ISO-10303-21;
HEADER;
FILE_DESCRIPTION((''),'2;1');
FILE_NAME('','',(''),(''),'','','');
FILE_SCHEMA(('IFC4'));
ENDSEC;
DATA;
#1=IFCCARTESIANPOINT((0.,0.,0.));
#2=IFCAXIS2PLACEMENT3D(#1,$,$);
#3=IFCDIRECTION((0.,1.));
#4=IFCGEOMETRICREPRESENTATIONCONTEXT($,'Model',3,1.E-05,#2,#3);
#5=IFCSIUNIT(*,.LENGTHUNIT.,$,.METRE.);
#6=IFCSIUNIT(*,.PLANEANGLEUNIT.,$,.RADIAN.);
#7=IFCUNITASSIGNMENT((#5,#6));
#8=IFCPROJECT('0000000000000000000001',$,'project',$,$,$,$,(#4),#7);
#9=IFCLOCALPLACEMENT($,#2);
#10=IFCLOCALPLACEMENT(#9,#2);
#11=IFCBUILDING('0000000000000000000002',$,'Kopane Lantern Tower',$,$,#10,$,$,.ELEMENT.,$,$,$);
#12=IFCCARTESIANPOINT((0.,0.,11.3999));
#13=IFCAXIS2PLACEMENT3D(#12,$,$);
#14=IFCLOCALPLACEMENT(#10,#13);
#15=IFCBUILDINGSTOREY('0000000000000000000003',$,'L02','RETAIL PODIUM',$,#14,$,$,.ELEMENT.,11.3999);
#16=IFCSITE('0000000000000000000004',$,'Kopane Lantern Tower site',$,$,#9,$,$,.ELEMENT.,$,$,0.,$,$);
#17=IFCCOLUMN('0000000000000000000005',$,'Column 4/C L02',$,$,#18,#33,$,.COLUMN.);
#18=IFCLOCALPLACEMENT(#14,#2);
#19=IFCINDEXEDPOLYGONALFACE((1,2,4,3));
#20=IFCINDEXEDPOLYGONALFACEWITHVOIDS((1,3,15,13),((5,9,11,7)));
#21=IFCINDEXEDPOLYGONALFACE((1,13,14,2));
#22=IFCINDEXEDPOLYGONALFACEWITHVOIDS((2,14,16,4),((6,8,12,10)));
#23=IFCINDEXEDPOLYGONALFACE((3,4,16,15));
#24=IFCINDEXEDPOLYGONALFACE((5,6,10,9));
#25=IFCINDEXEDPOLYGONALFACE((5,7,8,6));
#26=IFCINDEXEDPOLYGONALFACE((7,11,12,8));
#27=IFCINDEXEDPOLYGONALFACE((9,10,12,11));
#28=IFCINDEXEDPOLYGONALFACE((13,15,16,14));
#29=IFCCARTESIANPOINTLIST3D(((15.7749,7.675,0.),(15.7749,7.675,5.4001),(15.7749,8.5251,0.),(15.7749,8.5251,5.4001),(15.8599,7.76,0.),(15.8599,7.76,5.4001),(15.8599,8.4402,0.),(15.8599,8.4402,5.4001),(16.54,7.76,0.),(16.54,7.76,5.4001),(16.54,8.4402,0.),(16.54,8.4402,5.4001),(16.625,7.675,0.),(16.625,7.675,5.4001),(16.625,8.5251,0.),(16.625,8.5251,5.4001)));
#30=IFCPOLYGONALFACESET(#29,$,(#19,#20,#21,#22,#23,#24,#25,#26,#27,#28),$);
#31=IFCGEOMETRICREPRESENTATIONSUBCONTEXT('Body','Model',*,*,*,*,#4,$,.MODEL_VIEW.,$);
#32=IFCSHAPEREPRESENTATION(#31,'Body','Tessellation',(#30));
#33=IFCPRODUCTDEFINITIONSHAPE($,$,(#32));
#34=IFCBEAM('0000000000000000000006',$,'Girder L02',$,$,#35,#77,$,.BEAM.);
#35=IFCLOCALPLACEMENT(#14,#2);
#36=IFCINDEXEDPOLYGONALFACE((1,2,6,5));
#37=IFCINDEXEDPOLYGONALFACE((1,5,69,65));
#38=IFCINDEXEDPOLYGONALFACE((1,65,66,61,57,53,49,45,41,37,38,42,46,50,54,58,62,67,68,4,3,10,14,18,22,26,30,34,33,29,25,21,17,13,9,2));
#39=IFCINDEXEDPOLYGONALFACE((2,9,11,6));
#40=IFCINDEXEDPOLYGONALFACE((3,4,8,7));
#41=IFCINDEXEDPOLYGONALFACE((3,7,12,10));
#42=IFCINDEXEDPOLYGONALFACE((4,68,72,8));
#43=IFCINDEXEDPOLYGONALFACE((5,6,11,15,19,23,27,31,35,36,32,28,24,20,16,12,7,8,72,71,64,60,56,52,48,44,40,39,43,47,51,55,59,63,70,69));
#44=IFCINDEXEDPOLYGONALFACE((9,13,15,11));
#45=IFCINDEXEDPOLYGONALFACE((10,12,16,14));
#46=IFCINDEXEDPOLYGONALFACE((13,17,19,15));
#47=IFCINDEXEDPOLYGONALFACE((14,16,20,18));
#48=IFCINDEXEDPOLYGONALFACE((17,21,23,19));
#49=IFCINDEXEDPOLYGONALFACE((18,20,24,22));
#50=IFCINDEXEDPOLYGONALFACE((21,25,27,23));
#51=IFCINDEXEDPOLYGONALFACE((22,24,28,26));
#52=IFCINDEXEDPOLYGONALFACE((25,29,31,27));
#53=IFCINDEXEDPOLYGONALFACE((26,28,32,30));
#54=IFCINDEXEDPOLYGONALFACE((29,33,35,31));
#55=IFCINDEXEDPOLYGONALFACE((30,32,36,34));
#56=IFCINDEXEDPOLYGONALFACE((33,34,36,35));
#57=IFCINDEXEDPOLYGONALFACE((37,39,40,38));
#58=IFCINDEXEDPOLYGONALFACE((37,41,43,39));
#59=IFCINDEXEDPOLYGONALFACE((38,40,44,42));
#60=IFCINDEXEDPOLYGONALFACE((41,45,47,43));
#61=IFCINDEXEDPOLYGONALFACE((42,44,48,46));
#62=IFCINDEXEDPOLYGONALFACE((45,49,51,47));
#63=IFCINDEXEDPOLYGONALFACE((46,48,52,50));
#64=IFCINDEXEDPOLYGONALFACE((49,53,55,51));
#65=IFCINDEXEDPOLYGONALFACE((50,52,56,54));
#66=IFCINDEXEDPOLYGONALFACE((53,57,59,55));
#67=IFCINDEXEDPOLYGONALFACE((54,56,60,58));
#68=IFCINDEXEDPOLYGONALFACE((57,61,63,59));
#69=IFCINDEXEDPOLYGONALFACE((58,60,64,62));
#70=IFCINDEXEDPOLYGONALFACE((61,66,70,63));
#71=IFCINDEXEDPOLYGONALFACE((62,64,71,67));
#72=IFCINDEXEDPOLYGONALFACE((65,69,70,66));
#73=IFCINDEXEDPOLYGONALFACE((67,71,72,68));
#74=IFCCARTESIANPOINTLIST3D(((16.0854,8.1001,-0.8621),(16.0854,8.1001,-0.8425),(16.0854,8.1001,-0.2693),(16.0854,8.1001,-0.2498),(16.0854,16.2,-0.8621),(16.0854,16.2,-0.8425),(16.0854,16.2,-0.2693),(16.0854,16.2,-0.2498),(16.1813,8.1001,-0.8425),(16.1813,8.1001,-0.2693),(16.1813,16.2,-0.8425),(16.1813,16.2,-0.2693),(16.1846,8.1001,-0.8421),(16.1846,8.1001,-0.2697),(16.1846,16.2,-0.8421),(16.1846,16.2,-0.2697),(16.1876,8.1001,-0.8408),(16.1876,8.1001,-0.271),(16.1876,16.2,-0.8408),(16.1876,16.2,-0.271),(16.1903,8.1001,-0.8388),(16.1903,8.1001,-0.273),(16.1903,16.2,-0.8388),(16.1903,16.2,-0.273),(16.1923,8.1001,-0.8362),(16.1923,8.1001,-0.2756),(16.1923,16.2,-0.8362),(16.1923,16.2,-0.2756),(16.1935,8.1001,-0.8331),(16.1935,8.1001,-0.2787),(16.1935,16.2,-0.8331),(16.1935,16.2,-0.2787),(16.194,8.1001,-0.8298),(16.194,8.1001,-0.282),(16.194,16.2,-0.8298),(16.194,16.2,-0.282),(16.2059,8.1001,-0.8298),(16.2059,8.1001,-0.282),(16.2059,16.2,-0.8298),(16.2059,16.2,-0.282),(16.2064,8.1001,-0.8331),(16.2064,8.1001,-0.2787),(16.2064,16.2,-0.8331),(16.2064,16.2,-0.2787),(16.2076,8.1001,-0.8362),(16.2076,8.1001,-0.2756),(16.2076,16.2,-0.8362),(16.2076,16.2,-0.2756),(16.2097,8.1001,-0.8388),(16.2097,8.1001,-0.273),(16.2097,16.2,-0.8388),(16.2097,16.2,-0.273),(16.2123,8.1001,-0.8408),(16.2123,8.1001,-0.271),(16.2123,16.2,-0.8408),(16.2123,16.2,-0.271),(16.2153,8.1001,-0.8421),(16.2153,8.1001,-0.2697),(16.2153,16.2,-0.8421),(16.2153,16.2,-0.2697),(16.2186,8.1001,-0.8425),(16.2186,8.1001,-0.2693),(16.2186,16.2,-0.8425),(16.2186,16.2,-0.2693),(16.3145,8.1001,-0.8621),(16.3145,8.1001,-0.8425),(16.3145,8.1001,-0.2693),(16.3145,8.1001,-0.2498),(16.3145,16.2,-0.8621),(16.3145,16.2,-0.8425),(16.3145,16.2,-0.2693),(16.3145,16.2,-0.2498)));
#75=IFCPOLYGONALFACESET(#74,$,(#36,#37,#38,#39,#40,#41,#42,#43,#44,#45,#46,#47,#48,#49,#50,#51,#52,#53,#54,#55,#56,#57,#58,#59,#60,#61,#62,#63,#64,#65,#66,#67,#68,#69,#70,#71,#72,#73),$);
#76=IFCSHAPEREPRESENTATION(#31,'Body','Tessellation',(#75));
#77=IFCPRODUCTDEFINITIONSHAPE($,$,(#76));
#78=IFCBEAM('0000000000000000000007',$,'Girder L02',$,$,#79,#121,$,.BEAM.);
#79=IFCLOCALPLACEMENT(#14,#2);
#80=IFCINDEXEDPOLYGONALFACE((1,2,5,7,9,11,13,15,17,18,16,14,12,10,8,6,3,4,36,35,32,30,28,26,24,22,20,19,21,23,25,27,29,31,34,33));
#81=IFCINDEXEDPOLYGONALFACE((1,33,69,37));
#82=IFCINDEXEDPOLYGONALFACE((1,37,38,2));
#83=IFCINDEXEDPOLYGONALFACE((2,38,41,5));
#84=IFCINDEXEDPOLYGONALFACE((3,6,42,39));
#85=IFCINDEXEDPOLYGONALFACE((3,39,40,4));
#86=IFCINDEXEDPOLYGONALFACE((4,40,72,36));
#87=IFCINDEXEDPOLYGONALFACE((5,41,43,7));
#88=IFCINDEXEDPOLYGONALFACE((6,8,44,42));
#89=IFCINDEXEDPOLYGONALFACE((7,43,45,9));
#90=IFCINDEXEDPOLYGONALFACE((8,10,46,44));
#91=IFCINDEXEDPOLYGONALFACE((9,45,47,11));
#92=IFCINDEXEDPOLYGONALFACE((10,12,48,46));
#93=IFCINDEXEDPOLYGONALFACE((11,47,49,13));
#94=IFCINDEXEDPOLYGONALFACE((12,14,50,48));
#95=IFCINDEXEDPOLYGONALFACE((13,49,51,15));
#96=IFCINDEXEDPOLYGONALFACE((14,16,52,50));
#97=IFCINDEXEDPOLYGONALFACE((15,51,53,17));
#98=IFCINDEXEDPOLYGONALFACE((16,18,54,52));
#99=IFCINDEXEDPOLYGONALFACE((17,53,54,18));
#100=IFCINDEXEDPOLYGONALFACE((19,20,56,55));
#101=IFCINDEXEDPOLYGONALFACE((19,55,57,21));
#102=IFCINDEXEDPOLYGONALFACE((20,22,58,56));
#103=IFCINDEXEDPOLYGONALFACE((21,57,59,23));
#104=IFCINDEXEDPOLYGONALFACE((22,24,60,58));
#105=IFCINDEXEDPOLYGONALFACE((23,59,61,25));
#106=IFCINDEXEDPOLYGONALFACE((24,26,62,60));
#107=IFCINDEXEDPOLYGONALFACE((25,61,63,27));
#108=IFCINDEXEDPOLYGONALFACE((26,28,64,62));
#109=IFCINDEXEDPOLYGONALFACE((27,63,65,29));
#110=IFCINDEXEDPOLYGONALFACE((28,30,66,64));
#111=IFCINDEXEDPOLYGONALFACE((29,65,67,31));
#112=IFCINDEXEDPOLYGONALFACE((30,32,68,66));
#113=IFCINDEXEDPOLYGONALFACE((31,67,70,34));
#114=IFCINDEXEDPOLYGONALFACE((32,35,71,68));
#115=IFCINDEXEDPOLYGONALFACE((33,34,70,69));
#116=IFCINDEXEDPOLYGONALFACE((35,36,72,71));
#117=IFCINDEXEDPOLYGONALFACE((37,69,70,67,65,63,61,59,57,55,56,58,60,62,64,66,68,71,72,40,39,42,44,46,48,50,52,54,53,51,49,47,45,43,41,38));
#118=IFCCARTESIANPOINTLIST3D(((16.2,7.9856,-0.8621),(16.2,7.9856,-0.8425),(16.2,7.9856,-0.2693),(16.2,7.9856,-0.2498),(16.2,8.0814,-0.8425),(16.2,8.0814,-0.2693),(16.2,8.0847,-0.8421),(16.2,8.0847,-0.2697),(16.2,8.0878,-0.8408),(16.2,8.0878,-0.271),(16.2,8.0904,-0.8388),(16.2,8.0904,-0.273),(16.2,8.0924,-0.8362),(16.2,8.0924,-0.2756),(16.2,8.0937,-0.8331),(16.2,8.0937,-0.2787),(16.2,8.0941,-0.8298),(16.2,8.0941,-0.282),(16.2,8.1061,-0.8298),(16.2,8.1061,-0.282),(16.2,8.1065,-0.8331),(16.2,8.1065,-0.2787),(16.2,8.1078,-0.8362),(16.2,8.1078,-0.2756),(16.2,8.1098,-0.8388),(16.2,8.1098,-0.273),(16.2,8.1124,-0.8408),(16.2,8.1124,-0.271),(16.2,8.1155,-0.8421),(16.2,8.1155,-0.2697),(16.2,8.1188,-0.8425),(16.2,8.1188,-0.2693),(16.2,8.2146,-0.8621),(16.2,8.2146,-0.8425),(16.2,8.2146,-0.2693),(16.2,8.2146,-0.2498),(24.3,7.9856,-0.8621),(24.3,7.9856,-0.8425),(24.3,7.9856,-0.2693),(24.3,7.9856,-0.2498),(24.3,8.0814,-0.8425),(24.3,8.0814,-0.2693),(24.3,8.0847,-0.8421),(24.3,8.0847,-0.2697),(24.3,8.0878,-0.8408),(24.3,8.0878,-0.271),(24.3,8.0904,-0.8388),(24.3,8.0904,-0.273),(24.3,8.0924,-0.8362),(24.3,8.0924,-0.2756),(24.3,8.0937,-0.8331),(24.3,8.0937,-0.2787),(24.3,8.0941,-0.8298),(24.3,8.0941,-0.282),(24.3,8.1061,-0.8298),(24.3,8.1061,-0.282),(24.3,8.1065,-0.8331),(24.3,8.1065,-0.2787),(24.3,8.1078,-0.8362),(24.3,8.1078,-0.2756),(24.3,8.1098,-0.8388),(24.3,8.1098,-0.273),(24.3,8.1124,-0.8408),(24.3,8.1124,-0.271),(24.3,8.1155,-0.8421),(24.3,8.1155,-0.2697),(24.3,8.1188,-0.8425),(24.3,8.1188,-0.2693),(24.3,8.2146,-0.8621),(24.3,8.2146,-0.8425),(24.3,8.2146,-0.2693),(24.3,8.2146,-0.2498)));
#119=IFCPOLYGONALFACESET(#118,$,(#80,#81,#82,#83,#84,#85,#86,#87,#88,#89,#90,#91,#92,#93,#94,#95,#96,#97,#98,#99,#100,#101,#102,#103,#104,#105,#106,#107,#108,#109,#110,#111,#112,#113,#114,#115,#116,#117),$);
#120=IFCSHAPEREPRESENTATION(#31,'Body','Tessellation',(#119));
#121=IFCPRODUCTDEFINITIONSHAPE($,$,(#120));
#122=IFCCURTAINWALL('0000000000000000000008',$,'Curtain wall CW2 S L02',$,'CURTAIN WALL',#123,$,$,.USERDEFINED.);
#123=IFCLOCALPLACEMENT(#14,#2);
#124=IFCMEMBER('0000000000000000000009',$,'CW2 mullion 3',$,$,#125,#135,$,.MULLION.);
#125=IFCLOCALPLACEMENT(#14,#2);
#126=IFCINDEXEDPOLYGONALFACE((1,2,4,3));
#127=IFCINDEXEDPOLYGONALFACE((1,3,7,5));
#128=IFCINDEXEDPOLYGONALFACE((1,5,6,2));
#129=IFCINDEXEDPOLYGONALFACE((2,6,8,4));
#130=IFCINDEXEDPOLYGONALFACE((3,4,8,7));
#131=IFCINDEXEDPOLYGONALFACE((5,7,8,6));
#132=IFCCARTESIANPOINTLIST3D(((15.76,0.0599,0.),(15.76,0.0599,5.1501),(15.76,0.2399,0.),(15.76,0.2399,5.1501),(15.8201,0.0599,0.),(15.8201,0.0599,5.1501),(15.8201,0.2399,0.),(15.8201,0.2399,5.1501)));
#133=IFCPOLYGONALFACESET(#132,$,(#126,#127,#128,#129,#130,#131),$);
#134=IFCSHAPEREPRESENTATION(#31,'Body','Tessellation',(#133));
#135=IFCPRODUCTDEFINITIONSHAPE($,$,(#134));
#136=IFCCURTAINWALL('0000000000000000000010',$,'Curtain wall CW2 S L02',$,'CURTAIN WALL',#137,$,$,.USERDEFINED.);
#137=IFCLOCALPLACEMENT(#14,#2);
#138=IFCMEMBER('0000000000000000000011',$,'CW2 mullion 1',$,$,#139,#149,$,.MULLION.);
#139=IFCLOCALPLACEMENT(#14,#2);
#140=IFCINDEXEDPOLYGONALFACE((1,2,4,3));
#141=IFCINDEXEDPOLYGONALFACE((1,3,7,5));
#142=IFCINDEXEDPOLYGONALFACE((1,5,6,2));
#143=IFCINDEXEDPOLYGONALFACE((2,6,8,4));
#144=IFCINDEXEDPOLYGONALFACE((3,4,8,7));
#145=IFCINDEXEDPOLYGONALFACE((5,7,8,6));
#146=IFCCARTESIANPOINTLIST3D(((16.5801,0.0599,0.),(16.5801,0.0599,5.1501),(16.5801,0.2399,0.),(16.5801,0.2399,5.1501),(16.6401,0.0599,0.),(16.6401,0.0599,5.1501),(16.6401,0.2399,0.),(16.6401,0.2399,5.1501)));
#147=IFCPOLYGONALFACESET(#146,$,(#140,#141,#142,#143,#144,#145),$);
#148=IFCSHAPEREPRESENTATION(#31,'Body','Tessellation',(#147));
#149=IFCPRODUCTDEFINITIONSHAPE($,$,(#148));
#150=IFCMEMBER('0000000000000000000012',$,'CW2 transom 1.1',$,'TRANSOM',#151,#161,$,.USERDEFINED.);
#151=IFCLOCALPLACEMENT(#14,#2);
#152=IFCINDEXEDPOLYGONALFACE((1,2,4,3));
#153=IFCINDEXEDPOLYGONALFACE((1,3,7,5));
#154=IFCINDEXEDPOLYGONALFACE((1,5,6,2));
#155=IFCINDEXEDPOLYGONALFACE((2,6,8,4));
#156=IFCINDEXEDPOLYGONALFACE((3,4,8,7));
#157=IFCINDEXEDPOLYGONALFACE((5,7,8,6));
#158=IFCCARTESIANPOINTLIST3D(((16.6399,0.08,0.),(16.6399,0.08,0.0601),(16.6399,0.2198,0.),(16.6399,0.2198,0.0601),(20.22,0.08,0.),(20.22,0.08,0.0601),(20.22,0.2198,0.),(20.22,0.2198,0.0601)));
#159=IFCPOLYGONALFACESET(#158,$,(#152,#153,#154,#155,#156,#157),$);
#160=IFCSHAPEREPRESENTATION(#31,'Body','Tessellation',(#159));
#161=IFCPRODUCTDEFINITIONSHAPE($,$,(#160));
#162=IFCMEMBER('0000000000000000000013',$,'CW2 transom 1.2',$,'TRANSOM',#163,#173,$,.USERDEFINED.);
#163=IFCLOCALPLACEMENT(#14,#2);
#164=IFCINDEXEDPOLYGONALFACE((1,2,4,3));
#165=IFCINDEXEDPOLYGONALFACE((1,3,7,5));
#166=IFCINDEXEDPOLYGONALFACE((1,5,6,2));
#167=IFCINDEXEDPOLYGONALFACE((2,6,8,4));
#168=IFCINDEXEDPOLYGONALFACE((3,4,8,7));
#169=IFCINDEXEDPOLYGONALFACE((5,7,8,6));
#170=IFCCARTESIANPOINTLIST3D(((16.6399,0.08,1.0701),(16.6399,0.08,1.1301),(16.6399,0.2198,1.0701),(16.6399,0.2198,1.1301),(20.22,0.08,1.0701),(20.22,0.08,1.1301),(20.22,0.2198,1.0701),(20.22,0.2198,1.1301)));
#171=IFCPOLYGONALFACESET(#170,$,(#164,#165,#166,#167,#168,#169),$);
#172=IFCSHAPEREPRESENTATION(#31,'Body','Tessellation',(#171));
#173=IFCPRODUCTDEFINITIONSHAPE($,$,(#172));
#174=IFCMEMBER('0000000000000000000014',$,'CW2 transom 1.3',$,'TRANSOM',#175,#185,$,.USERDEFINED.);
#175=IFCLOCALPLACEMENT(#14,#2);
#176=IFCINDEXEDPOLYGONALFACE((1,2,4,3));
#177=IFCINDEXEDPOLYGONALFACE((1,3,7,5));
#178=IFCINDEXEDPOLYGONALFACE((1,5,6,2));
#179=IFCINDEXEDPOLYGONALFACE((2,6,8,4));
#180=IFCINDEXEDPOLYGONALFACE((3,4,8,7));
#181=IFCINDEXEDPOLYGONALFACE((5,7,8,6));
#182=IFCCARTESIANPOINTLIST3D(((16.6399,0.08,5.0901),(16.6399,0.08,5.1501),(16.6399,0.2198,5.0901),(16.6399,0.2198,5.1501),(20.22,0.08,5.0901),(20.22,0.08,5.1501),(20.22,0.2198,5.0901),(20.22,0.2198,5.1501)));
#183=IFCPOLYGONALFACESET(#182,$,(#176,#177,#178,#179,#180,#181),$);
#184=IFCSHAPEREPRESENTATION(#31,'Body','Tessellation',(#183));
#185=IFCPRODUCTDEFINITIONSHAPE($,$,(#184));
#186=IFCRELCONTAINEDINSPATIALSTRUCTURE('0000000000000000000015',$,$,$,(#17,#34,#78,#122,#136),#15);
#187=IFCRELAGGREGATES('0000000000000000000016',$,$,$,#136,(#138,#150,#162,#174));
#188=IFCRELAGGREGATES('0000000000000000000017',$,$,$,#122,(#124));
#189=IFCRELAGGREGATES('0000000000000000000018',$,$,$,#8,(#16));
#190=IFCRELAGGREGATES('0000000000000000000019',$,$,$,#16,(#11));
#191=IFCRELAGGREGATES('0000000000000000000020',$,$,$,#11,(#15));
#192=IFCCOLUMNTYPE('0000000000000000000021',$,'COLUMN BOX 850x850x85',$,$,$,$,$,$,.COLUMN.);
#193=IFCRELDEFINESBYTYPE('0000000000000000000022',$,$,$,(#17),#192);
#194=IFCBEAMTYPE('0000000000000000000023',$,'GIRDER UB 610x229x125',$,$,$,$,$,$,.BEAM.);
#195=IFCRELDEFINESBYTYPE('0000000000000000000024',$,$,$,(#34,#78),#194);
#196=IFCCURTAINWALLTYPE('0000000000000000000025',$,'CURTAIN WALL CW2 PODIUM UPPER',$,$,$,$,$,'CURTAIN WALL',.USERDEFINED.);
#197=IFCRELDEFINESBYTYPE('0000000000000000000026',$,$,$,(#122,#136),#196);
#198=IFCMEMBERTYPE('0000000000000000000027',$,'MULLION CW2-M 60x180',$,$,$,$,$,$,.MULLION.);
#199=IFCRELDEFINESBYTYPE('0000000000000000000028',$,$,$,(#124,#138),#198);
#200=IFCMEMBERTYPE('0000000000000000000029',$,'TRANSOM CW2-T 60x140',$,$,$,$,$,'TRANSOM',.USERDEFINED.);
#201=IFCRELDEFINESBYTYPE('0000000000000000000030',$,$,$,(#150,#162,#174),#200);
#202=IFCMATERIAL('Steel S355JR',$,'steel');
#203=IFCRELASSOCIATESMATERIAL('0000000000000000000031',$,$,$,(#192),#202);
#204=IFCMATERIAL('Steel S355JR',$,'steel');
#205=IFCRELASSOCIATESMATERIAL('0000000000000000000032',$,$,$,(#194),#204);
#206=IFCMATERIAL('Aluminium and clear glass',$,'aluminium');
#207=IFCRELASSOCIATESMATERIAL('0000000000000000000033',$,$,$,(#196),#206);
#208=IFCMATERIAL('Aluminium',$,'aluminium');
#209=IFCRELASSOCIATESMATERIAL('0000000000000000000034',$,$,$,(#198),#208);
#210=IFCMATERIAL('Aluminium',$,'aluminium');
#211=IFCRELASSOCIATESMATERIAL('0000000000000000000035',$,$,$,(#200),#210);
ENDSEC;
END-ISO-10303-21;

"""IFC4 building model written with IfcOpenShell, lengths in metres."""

from ifc_helpers import new_model, si_unit, direction, frame, origin, origin_2d, place, context, subcontext, project, spatial, rectangle, hollow_rectangle, i_section, extrude, material, material_profile, profile_set, type_object, element, aggregate, save


model = new_model("IFC4")

# Units and contexts
model_context = context("Model", 3, precision=1e-05, world=origin(), true_north=direction((0.0, 1.0)))
body_context = subcontext(model_context, "Body", "Model", "MODEL_VIEW")
ifc_project = project(units=[si_unit("LENGTHUNIT", "METRE"), si_unit("PLANEANGLEUNIT", "RADIAN")], contexts=[model_context])

# Site, building, storey
site_placement = place(None, origin())
site = spatial("IfcSite", under=ifc_project, at=site_placement, Name="Kopane Lantern Tower site", CompositionType="ELEMENT", RefElevation=0.0)
building_placement = place(site_placement, origin())
building = spatial("IfcBuilding", under=site, at=building_placement, Name="Kopane Lantern Tower", CompositionType="ELEMENT")
storey_placement = place(building_placement, frame((0.0, 0.0, 11.3999)))
storey = spatial("IfcBuildingStorey", under=building, at=storey_placement, Name="L02", Description="RETAIL PODIUM", CompositionType="ELEMENT", Elevation=11.3999)

# Column
ifc_material_1 = material(Name="Steel S355JR", Category="steel")
ifc_material_profile_1 = material_profile(ifc_material_1, hollow_rectangle(XDim=0.8501, YDim=0.8501, WallThickness=0.085, at=origin_2d()), Name="BOX 850x850x85")
ifc_profile_set_1 = profile_set([ifc_material_profile_1], Name="Steel S355JR")
column_type = type_object("IfcColumnType", Name="COLUMN BOX 850x850x85", PredefinedType="COLUMN", material=ifc_profile_set_1)
column_placement = place(storey_placement, frame((16.2, 8.1001, 0.0), z_axis=(0.0, 0.0, 1.0), x_axis=(1.0, 0.0, 0.0)))
element("IfcColumn", 1, at=column_placement, inside=storey, type_object=column_type, Name="Column 4/C L02", PredefinedType="COLUMN", context=body_context, shape_type="SweptSolid", body=[
    extrude(hollow_rectangle(XDim=0.8501, YDim=0.8501, WallThickness=0.085, at=origin_2d()), origin(), (0.0, 0.0, 1.0), 5.4001),
])

# Beams
ifc_material_2 = material(Name="Steel S355JR", Category="steel")
ifc_material_profile_2 = material_profile(ifc_material_2, i_section(OverallWidth=0.229, OverallDepth=0.6123, WebThickness=0.012, FlangeThickness=0.0195, FilletRadius=0.0127, at=origin_2d()), Name="UB 610x229x125")
ifc_profile_set_2 = profile_set([ifc_material_profile_2], Name="Steel S355JR")
beam_type = type_object("IfcBeamType", Name="GIRDER UB 610x229x125", PredefinedType="BEAM", material=ifc_profile_set_2)
beam_1_placement = place(storey_placement, frame((16.2, 8.1001, -0.5559), z_axis=(0.0, 1.0, 0.0), x_axis=(-1.0, 0.0, 0.0)))
element("IfcBeam", 2, at=beam_1_placement, inside=storey, type_object=beam_type, Name="Girder L02", PredefinedType="BEAM", context=body_context, shape_type="SweptSolid", body=[
    extrude(i_section(OverallWidth=0.229, OverallDepth=0.6123, WebThickness=0.012, FlangeThickness=0.0195, FilletRadius=0.0127, at=origin_2d()), origin(), (0.0, 0.0, 1.0), 8.0999),
])
beam_2_placement = place(storey_placement, frame((16.2, 8.1001, -0.5559), z_axis=(1.0, 0.0, 0.0), x_axis=(0.0, 1.0, 0.0)))
element("IfcBeam", 3, at=beam_2_placement, inside=storey, type_object=beam_type, Name="Girder L02", PredefinedType="BEAM", context=body_context, shape_type="SweptSolid", body=[
    extrude(i_section(OverallWidth=0.229, OverallDepth=0.6123, WebThickness=0.012, FlangeThickness=0.0195, FilletRadius=0.0127, at=origin_2d()), origin(), (0.0, 0.0, 1.0), 8.1001),
])

# Curtain wall, member
ifc_material_3 = material(Name="Aluminium and clear glass", Category="aluminium")
curtain_wall_type = type_object("IfcCurtainWallType", Name="CURTAIN WALL CW2 PODIUM UPPER", ElementType="CURTAIN WALL", PredefinedType="USERDEFINED", material=ifc_material_3)
curtain_wall_1_placement = place(storey_placement, origin())
curtain_wall_1 = element("IfcCurtainWall", 4, at=curtain_wall_1_placement, inside=storey, type_object=curtain_wall_type, Name="Curtain wall CW2 S L02", ObjectType="CURTAIN WALL", PredefinedType="USERDEFINED")
ifc_material_4 = material(Name="Aluminium", Category="aluminium")
ifc_material_profile_3 = material_profile(ifc_material_4, rectangle(XDim=0.0601, YDim=0.1799, at=origin_2d()), Name="AL 60x180")
ifc_profile_set_3 = profile_set([ifc_material_profile_3], Name="Aluminium")
member_type_1 = type_object("IfcMemberType", Name="MULLION CW2-M 60x180", PredefinedType="MULLION", material=ifc_profile_set_3)
member_1_placement = place(storey_placement, frame((15.79, 0.1499, 0.0), z_axis=(0.0, 0.0, 1.0), x_axis=(1.0, 0.0, 0.0)))
member_1 = element("IfcMember", 5, at=member_1_placement, type_object=member_type_1, Name="CW2 mullion 3", PredefinedType="MULLION", context=body_context, shape_type="SweptSolid", body=[
    extrude(rectangle(XDim=0.0601, YDim=0.1799, at=origin_2d()), origin(), (0.0, 0.0, 1.0), 5.1501),
])

# Curtain wall, members
curtain_wall_2_placement = place(storey_placement, origin())
curtain_wall_2 = element("IfcCurtainWall", 6, at=curtain_wall_2_placement, inside=storey, type_object=curtain_wall_type, Name="Curtain wall CW2 S L02", ObjectType="CURTAIN WALL", PredefinedType="USERDEFINED")
member_2_placement = place(storey_placement, frame((16.6101, 0.1499, 0.0), z_axis=(0.0, 0.0, 1.0), x_axis=(1.0, 0.0, 0.0)))
member_2 = element("IfcMember", 7, at=member_2_placement, type_object=member_type_1, Name="CW2 mullion 1", PredefinedType="MULLION", context=body_context, shape_type="SweptSolid", body=[
    extrude(rectangle(XDim=0.0601, YDim=0.1799, at=origin_2d()), origin(), (0.0, 0.0, 1.0), 5.1501),
])
ifc_material_5 = material(Name="Aluminium", Category="aluminium")
ifc_material_profile_4 = material_profile(ifc_material_5, rectangle(XDim=0.1399, YDim=0.0601, at=origin_2d()), Name="AL 140x60")
ifc_profile_set_4 = profile_set([ifc_material_profile_4], Name="Aluminium")
member_type_2 = type_object("IfcMemberType", Name="TRANSOM CW2-T 60x140", ElementType="TRANSOM", PredefinedType="USERDEFINED", material=ifc_profile_set_4)
member_3_placement = place(storey_placement, frame((16.6399, 0.1499, 0.03), z_axis=(1.0, 0.0, 0.0), x_axis=(0.0, 1.0, 0.0)))
member_3 = element("IfcMember", 8, at=member_3_placement, type_object=member_type_2, Name="CW2 transom 1.1", ObjectType="TRANSOM", PredefinedType="USERDEFINED", context=body_context, shape_type="SweptSolid", body=[
    extrude(rectangle(XDim=0.1399, YDim=0.0601, at=origin_2d()), origin(), (0.0, 0.0, 1.0), 3.5801),
])
member_4_placement = place(storey_placement, frame((16.6399, 0.1499, 1.1001), z_axis=(1.0, 0.0, 0.0), x_axis=(0.0, 1.0, 0.0)))
member_4 = element("IfcMember", 9, at=member_4_placement, type_object=member_type_2, Name="CW2 transom 1.2", ObjectType="TRANSOM", PredefinedType="USERDEFINED", context=body_context, shape_type="SweptSolid", body=[
    extrude(rectangle(XDim=0.1399, YDim=0.0601, at=origin_2d()), origin(), (0.0, 0.0, 1.0), 3.5801),
])
member_5_placement = place(storey_placement, frame((16.6399, 0.1499, 5.1201), z_axis=(1.0, 0.0, 0.0), x_axis=(0.0, 1.0, 0.0)))
member_5 = element("IfcMember", 10, at=member_5_placement, type_object=member_type_2, Name="CW2 transom 1.3", ObjectType="TRANSOM", PredefinedType="USERDEFINED", context=body_context, shape_type="SweptSolid", body=[
    extrude(rectangle(XDim=0.1399, YDim=0.0601, at=origin_2d()), origin(), (0.0, 0.0, 1.0), 3.5801),
])
aggregate(curtain_wall_2, [member_2, member_3, member_4, member_5])

aggregate(curtain_wall_1, [member_1])

save(model, "model.ifc")
